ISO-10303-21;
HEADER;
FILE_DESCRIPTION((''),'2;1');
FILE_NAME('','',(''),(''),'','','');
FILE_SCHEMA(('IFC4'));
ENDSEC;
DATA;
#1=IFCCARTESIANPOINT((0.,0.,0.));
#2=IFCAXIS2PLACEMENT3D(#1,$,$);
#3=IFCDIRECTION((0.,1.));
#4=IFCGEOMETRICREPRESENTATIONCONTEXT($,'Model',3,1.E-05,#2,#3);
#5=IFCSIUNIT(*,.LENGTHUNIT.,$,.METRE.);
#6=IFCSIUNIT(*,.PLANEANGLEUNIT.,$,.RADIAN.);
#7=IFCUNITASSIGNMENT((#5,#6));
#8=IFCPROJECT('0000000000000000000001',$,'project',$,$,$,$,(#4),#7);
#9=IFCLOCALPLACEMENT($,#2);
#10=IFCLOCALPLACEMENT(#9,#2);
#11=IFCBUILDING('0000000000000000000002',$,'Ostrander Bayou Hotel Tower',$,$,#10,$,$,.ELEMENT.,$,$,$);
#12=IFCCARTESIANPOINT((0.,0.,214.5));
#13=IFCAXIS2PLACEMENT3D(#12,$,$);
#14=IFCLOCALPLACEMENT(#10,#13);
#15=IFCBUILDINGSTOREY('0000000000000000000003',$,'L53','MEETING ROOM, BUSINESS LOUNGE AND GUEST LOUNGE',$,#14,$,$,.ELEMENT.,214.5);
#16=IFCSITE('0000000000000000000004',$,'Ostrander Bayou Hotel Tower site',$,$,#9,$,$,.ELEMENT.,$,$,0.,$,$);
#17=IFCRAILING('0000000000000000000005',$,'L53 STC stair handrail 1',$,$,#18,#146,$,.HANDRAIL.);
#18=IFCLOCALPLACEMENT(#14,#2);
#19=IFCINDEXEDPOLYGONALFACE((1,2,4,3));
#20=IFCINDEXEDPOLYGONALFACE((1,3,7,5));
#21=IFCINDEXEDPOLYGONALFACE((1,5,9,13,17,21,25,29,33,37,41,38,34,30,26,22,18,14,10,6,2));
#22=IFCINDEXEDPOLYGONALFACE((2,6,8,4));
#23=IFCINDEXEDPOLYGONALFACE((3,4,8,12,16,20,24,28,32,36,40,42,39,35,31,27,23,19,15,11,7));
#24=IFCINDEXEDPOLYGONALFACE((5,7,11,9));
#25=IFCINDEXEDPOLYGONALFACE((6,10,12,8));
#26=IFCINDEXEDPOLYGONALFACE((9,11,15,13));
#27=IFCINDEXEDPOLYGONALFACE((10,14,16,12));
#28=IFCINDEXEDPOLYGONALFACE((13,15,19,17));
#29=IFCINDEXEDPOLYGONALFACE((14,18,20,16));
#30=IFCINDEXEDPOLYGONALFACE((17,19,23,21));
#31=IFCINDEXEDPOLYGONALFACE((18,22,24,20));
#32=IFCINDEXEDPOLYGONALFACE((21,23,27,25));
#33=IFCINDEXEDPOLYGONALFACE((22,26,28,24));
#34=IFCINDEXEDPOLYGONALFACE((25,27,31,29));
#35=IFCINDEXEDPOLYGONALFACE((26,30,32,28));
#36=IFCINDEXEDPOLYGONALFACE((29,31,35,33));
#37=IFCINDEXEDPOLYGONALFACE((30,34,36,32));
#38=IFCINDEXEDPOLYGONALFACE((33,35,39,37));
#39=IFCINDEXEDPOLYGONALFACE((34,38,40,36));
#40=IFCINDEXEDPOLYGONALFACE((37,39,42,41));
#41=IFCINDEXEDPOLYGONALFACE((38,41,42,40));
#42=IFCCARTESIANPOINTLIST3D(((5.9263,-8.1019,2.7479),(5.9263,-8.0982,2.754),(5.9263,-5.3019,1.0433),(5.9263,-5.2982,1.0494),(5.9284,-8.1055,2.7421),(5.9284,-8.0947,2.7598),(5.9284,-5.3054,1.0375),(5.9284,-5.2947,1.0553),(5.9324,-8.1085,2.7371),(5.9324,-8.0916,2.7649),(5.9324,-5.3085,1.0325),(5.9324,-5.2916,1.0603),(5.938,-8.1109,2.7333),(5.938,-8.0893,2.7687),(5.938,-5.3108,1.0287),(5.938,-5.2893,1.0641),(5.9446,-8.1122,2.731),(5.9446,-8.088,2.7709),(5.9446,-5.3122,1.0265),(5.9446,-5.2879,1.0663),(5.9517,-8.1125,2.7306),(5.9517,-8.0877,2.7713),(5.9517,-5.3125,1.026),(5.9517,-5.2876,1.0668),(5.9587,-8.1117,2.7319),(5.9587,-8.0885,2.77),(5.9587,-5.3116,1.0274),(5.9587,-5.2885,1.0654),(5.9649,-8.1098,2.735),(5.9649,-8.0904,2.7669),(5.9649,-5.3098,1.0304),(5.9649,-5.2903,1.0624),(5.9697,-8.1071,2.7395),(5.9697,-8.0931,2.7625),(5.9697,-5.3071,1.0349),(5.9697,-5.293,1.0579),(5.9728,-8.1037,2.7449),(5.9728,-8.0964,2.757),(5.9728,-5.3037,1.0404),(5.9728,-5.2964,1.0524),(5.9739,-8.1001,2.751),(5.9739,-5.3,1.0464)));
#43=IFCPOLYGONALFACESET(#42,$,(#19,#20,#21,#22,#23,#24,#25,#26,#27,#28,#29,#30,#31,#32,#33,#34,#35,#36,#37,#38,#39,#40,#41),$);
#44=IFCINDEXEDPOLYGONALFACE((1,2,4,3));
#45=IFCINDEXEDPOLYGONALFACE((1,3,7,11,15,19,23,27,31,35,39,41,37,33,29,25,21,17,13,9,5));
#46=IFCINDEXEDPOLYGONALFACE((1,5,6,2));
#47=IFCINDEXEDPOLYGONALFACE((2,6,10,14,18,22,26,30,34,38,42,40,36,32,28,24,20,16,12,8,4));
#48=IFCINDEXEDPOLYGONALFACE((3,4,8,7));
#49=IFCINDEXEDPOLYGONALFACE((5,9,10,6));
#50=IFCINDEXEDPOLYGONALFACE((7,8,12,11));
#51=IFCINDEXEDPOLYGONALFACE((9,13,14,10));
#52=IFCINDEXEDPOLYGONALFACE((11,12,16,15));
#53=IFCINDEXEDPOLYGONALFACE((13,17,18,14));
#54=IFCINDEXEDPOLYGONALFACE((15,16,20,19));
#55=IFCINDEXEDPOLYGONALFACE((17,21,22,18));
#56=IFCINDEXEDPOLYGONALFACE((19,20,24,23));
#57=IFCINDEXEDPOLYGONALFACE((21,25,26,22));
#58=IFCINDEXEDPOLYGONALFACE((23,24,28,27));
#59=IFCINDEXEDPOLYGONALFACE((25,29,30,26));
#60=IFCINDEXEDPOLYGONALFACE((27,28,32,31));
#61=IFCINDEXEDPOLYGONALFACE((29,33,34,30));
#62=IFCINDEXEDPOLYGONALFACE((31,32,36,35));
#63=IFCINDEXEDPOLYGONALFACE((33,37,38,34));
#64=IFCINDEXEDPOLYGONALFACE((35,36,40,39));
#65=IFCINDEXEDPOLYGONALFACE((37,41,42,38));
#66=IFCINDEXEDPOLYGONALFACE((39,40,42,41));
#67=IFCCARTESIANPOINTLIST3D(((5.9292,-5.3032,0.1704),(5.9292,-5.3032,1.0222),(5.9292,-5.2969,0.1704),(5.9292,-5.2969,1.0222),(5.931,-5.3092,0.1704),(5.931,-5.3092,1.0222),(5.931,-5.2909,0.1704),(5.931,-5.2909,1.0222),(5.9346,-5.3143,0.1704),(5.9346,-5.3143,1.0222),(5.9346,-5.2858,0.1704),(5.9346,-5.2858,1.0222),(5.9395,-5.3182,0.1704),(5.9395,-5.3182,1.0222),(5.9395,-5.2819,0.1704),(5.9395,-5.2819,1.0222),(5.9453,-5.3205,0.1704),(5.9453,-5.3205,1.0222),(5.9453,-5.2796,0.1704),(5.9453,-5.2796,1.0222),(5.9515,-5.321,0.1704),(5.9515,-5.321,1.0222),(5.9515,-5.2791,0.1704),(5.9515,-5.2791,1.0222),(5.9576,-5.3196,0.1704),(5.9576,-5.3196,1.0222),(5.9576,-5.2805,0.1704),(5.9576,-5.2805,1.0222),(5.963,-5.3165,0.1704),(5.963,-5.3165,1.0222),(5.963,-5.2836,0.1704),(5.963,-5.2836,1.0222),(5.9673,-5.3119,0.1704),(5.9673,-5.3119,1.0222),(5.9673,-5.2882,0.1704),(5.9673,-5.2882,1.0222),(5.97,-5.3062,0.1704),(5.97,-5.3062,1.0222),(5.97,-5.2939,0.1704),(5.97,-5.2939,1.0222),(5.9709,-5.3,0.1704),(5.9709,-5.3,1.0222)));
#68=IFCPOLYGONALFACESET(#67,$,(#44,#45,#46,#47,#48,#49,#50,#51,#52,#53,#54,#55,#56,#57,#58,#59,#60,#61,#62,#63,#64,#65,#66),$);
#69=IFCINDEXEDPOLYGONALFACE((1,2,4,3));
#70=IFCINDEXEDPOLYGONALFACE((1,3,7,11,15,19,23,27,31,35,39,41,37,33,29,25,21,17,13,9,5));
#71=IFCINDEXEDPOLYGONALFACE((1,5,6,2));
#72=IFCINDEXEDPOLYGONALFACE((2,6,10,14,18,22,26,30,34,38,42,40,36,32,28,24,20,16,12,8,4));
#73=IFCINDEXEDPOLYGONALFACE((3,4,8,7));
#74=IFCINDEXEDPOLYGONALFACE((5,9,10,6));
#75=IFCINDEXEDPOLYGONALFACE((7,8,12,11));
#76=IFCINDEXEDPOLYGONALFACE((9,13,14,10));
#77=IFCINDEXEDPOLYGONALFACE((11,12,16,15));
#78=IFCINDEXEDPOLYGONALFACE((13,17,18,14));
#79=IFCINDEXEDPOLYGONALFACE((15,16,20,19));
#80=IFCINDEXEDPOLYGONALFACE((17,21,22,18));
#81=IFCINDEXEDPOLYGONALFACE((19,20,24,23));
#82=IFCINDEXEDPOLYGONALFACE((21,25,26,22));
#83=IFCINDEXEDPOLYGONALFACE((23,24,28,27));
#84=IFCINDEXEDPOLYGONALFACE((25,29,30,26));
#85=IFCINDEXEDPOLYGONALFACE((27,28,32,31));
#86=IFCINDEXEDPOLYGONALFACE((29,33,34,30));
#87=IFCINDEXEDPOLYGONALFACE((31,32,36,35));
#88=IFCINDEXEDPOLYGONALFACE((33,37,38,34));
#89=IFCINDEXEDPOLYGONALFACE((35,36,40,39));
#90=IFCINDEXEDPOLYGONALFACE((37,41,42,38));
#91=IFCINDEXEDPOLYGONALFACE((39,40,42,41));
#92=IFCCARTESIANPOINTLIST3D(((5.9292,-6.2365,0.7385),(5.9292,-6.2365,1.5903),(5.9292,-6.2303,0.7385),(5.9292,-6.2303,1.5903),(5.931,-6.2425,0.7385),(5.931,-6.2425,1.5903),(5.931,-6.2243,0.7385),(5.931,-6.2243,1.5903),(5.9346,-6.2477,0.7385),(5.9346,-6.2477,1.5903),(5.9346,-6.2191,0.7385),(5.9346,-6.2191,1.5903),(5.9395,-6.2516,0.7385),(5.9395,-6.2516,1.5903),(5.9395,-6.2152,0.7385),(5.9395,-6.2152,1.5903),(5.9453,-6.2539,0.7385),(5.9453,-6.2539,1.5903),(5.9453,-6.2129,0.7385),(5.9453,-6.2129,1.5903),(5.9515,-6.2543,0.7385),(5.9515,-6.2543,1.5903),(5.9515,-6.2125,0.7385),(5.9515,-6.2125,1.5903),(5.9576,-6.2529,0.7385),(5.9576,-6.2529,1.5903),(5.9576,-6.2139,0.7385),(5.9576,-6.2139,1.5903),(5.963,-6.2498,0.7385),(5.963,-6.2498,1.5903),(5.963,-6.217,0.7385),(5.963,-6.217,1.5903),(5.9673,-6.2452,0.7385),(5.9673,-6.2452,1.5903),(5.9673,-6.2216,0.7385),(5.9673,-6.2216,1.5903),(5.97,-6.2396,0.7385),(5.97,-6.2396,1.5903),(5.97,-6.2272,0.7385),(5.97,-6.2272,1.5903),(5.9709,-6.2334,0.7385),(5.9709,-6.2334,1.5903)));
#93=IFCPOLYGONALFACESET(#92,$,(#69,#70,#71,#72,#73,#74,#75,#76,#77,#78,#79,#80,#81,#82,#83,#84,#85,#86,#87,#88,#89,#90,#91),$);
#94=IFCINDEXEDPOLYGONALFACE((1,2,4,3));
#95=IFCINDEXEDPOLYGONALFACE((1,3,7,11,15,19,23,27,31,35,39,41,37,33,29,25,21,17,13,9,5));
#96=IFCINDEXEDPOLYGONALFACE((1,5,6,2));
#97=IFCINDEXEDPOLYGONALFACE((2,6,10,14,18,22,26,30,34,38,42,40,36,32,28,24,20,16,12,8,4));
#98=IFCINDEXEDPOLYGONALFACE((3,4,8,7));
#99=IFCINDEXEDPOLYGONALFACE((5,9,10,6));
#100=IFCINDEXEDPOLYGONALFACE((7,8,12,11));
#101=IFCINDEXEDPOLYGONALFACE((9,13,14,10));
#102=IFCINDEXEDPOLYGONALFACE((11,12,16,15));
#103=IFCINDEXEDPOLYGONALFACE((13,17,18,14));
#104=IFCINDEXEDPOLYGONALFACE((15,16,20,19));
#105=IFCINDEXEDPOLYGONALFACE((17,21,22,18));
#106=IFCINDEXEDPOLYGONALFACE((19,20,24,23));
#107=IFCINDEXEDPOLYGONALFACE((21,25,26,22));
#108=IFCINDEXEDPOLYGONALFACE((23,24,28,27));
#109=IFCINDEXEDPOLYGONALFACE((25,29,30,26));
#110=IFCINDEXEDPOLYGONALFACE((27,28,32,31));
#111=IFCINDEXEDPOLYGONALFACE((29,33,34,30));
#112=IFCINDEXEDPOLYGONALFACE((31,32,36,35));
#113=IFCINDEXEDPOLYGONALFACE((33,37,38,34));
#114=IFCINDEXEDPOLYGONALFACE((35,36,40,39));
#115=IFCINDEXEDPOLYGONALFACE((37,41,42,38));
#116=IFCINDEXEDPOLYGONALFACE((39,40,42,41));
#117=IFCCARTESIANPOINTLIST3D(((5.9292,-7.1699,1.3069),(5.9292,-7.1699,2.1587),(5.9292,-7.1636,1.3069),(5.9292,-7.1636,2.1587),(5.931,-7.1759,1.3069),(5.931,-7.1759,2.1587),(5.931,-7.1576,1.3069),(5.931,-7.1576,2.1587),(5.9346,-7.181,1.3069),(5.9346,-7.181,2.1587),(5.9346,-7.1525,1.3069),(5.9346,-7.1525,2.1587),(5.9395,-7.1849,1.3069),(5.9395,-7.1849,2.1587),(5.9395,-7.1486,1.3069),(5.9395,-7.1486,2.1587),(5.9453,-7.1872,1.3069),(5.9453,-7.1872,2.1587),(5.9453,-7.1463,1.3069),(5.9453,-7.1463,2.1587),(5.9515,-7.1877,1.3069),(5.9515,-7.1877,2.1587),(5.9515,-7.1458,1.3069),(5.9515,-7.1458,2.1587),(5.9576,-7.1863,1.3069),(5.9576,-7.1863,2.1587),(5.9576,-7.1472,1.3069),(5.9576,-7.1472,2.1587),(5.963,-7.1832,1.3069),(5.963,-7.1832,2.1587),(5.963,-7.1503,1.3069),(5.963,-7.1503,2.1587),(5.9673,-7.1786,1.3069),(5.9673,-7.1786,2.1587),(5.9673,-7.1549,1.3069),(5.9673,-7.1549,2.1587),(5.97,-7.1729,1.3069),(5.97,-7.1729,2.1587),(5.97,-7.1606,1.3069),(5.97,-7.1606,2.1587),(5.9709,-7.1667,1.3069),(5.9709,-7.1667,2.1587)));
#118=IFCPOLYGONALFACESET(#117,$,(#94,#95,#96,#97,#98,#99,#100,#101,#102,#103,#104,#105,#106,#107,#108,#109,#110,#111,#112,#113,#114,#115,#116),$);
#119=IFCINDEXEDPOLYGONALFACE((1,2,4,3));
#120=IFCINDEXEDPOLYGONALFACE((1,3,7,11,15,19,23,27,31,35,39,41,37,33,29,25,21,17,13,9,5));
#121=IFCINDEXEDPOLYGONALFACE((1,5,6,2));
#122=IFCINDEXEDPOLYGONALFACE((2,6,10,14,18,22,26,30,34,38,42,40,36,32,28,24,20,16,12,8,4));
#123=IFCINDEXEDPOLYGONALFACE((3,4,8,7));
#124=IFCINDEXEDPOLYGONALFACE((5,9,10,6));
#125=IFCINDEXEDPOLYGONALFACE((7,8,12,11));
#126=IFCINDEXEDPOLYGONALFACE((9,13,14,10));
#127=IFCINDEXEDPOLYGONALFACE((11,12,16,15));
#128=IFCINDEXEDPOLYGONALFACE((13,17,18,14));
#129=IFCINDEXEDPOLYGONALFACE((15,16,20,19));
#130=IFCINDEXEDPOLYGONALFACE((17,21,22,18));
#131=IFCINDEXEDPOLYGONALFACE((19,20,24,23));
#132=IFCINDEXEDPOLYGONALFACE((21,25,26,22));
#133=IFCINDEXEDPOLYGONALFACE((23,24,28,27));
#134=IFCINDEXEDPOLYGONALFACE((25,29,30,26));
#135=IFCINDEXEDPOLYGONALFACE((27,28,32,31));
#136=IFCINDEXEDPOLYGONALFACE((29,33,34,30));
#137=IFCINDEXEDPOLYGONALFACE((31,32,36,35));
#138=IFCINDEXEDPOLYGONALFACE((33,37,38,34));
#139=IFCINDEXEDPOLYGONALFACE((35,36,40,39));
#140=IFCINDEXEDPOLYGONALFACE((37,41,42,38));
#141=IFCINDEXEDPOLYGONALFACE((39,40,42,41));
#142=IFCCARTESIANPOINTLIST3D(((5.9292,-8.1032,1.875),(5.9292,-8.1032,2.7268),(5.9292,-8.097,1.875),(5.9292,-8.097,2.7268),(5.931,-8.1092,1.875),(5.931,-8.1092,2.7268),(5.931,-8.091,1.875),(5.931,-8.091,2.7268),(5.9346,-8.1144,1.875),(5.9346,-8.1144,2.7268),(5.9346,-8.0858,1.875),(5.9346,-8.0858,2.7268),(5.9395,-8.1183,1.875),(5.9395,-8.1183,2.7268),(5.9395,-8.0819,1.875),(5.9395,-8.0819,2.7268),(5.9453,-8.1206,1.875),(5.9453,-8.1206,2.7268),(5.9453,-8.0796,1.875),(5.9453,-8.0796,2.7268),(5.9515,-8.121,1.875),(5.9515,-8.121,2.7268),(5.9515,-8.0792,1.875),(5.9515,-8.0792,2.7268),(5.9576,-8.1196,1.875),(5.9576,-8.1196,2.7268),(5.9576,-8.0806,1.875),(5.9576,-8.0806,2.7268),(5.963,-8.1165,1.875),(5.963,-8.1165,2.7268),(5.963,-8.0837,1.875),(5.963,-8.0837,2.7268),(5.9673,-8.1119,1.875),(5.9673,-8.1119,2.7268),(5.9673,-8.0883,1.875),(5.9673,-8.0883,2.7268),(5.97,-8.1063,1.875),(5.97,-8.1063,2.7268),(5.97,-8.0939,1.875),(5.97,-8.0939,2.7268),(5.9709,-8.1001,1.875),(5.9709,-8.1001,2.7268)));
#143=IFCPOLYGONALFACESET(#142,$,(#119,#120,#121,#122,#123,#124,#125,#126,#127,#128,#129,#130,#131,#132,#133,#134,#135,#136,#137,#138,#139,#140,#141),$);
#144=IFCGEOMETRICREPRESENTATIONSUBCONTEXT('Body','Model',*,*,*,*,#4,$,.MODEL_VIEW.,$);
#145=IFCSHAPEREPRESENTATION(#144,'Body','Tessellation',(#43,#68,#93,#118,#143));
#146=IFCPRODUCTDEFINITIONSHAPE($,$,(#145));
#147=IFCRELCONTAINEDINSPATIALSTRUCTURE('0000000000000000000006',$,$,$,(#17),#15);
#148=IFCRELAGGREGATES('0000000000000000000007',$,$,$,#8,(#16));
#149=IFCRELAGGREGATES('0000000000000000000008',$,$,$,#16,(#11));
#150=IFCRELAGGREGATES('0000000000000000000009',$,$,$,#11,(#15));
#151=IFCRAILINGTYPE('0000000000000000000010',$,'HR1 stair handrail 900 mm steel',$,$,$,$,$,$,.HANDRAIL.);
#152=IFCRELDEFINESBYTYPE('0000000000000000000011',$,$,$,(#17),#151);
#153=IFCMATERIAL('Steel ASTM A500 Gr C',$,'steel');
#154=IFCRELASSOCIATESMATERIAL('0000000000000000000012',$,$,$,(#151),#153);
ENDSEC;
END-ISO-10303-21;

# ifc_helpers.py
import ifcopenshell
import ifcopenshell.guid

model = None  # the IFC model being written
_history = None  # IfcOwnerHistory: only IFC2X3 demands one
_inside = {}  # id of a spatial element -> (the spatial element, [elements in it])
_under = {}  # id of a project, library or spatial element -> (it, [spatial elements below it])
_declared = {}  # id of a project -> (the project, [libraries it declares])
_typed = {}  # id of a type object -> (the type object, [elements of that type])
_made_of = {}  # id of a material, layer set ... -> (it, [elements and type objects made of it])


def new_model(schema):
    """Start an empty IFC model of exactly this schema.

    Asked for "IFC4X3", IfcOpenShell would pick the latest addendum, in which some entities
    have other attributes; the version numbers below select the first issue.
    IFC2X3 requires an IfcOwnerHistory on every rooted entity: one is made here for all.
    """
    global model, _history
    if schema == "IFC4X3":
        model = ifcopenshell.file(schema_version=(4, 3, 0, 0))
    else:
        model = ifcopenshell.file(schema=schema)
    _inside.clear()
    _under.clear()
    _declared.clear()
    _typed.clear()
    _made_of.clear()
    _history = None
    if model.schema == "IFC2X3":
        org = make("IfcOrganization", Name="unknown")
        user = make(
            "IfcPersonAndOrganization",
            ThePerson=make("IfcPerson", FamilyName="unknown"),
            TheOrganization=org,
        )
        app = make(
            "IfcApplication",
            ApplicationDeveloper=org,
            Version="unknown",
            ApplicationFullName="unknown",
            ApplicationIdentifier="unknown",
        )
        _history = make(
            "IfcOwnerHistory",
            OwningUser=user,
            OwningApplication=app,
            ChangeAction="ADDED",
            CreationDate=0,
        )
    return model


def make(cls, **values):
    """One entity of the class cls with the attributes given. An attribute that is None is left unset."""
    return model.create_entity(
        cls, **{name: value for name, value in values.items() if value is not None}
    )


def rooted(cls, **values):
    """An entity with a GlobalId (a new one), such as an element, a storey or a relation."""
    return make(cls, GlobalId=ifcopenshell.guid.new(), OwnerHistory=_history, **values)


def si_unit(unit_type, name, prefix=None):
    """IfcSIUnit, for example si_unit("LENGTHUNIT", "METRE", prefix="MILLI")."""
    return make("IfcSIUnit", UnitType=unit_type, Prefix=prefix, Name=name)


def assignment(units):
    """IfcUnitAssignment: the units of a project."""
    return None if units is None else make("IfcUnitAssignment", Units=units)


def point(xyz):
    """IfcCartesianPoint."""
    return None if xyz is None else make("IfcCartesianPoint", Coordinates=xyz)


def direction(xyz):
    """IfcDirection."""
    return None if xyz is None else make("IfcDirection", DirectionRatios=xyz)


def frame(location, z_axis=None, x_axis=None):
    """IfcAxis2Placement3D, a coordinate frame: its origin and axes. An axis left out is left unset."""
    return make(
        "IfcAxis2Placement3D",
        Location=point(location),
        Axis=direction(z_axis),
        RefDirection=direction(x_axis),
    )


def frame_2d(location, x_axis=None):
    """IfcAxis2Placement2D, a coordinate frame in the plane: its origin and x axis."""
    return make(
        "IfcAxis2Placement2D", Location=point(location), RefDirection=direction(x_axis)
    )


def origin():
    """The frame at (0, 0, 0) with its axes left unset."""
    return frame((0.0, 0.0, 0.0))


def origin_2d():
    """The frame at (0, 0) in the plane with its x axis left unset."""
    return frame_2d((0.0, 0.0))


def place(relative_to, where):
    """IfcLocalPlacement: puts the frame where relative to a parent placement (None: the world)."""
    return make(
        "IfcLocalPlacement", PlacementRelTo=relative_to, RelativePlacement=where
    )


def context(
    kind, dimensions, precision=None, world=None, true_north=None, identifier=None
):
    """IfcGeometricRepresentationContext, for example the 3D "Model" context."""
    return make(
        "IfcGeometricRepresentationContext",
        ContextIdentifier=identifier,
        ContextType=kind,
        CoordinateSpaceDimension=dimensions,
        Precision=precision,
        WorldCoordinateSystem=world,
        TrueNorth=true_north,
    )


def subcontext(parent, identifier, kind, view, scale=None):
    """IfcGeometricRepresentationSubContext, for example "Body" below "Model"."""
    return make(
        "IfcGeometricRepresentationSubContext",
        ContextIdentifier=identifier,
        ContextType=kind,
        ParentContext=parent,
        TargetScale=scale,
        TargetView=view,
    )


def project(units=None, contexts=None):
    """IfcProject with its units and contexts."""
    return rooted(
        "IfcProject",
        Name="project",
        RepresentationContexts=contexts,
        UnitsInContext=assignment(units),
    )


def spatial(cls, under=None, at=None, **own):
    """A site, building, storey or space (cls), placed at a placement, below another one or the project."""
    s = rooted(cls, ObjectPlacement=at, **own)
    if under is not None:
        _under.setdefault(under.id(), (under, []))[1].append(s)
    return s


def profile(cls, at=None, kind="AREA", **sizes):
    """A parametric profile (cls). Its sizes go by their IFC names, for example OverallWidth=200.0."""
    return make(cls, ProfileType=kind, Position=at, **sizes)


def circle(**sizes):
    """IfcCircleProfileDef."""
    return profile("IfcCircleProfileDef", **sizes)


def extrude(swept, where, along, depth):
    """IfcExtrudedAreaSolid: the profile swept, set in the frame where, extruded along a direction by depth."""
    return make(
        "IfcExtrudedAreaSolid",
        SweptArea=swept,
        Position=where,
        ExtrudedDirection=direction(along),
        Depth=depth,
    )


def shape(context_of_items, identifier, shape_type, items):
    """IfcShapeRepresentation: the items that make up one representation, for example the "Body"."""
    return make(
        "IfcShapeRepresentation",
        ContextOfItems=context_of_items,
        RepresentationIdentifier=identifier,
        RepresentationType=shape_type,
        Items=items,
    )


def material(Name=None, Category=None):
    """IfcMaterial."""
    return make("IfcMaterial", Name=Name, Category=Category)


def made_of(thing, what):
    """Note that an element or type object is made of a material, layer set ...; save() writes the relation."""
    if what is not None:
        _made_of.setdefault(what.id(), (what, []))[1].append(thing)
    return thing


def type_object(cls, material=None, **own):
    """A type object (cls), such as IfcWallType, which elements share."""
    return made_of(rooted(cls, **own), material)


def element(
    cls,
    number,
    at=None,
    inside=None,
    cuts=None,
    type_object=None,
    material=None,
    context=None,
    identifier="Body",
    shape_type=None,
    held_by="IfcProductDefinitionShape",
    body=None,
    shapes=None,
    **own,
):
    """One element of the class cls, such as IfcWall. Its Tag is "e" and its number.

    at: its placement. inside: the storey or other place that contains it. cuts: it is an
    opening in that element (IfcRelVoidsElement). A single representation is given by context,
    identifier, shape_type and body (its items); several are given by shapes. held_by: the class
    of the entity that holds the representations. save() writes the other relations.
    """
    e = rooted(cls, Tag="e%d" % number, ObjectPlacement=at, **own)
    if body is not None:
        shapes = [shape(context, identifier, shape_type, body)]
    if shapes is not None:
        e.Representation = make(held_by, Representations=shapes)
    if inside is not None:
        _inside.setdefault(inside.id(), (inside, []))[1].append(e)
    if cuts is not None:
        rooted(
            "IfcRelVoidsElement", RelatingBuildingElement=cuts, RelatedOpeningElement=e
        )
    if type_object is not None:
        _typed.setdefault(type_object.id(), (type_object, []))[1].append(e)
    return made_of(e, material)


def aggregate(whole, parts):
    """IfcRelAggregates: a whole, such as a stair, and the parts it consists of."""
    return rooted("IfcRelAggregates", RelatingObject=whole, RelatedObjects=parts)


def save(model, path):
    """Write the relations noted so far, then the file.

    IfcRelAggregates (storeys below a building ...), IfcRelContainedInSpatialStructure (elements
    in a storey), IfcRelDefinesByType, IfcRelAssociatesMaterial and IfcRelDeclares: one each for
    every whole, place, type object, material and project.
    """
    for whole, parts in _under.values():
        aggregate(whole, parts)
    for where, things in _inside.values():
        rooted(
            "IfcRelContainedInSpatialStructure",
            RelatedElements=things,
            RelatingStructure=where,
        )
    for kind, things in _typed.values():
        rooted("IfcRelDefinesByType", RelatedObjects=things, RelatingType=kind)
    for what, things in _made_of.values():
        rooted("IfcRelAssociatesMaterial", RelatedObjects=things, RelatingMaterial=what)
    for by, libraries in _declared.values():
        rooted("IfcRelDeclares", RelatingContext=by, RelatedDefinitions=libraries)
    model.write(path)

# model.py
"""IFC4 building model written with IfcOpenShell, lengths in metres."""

from ifc_helpers import new_model, si_unit, direction, frame, origin, origin_2d, place, context, subcontext, project, spatial, circle, extrude, material, type_object, element, save


model = new_model("IFC4")

# Units and contexts
model_context = context("Model", 3, precision=1e-05, world=origin(), true_north=direction((0.0, 1.0)))
body_context = subcontext(model_context, "Body", "Model", "MODEL_VIEW")
ifc_project = project(units=[si_unit("LENGTHUNIT", "METRE"), si_unit("PLANEANGLEUNIT", "RADIAN")], contexts=[model_context])

# Site, building, storey
site_placement = place(None, origin())
site = spatial("IfcSite", under=ifc_project, at=site_placement, Name="Ostrander Bayou Hotel Tower site", CompositionType="ELEMENT", RefElevation=0.0)
building_placement = place(site_placement, origin())
building = spatial("IfcBuilding", under=site, at=building_placement, Name="Ostrander Bayou Hotel Tower", CompositionType="ELEMENT")
storey_placement = place(building_placement, frame((0.0, 0.0, 214.5)))
storey = spatial("IfcBuildingStorey", under=building, at=storey_placement, Name="L53", Description="MEETING ROOM, BUSINESS LOUNGE AND GUEST LOUNGE", CompositionType="ELEMENT", Elevation=214.5)

# Railing
ifc_material_1 = material(Name="Steel ASTM A500 Gr C", Category="steel")
railing_type_1 = type_object("IfcRailingType", Name="HR1 stair handrail 900 mm steel", PredefinedType="HANDRAIL", material=ifc_material_1)
railing_1_placement = place(storey_placement, frame((5.95, -5.3, 0.1704)))
element("IfcRailing", 1, at=railing_1_placement, inside=storey, type_object=railing_type_1, Name="L53 STC stair handrail 1", PredefinedType="HANDRAIL", context=body_context, shape_type="SweptSolid", body=[
    extrude(circle(Radius=0.0239, at=origin_2d()), frame((0.0, 0.0, 0.876), z_axis=(0.0, -0.85417, 0.519994), x_axis=(1.0, 0.0, 0.0)), (0.0, 0.0, 1.0), 3.2781),
    extrude(circle(Radius=0.021, at=origin_2d()), origin(), (0.0, 0.0, 1.0), 0.8518),
    extrude(circle(Radius=0.021, at=origin_2d()), frame((0.0, -0.9333, 0.5681)), (0.0, 0.0, 1.0), 0.8518),
    extrude(circle(Radius=0.021, at=origin_2d()), frame((0.0, -1.8667, 1.1365)), (0.0, 0.0, 1.0), 0.8518),
    extrude(circle(Radius=0.021, at=origin_2d()), frame((0.0, -2.8, 1.7046)), (0.0, 0.0, 1.0), 0.8518),
])

save(model, "model.ifc")
